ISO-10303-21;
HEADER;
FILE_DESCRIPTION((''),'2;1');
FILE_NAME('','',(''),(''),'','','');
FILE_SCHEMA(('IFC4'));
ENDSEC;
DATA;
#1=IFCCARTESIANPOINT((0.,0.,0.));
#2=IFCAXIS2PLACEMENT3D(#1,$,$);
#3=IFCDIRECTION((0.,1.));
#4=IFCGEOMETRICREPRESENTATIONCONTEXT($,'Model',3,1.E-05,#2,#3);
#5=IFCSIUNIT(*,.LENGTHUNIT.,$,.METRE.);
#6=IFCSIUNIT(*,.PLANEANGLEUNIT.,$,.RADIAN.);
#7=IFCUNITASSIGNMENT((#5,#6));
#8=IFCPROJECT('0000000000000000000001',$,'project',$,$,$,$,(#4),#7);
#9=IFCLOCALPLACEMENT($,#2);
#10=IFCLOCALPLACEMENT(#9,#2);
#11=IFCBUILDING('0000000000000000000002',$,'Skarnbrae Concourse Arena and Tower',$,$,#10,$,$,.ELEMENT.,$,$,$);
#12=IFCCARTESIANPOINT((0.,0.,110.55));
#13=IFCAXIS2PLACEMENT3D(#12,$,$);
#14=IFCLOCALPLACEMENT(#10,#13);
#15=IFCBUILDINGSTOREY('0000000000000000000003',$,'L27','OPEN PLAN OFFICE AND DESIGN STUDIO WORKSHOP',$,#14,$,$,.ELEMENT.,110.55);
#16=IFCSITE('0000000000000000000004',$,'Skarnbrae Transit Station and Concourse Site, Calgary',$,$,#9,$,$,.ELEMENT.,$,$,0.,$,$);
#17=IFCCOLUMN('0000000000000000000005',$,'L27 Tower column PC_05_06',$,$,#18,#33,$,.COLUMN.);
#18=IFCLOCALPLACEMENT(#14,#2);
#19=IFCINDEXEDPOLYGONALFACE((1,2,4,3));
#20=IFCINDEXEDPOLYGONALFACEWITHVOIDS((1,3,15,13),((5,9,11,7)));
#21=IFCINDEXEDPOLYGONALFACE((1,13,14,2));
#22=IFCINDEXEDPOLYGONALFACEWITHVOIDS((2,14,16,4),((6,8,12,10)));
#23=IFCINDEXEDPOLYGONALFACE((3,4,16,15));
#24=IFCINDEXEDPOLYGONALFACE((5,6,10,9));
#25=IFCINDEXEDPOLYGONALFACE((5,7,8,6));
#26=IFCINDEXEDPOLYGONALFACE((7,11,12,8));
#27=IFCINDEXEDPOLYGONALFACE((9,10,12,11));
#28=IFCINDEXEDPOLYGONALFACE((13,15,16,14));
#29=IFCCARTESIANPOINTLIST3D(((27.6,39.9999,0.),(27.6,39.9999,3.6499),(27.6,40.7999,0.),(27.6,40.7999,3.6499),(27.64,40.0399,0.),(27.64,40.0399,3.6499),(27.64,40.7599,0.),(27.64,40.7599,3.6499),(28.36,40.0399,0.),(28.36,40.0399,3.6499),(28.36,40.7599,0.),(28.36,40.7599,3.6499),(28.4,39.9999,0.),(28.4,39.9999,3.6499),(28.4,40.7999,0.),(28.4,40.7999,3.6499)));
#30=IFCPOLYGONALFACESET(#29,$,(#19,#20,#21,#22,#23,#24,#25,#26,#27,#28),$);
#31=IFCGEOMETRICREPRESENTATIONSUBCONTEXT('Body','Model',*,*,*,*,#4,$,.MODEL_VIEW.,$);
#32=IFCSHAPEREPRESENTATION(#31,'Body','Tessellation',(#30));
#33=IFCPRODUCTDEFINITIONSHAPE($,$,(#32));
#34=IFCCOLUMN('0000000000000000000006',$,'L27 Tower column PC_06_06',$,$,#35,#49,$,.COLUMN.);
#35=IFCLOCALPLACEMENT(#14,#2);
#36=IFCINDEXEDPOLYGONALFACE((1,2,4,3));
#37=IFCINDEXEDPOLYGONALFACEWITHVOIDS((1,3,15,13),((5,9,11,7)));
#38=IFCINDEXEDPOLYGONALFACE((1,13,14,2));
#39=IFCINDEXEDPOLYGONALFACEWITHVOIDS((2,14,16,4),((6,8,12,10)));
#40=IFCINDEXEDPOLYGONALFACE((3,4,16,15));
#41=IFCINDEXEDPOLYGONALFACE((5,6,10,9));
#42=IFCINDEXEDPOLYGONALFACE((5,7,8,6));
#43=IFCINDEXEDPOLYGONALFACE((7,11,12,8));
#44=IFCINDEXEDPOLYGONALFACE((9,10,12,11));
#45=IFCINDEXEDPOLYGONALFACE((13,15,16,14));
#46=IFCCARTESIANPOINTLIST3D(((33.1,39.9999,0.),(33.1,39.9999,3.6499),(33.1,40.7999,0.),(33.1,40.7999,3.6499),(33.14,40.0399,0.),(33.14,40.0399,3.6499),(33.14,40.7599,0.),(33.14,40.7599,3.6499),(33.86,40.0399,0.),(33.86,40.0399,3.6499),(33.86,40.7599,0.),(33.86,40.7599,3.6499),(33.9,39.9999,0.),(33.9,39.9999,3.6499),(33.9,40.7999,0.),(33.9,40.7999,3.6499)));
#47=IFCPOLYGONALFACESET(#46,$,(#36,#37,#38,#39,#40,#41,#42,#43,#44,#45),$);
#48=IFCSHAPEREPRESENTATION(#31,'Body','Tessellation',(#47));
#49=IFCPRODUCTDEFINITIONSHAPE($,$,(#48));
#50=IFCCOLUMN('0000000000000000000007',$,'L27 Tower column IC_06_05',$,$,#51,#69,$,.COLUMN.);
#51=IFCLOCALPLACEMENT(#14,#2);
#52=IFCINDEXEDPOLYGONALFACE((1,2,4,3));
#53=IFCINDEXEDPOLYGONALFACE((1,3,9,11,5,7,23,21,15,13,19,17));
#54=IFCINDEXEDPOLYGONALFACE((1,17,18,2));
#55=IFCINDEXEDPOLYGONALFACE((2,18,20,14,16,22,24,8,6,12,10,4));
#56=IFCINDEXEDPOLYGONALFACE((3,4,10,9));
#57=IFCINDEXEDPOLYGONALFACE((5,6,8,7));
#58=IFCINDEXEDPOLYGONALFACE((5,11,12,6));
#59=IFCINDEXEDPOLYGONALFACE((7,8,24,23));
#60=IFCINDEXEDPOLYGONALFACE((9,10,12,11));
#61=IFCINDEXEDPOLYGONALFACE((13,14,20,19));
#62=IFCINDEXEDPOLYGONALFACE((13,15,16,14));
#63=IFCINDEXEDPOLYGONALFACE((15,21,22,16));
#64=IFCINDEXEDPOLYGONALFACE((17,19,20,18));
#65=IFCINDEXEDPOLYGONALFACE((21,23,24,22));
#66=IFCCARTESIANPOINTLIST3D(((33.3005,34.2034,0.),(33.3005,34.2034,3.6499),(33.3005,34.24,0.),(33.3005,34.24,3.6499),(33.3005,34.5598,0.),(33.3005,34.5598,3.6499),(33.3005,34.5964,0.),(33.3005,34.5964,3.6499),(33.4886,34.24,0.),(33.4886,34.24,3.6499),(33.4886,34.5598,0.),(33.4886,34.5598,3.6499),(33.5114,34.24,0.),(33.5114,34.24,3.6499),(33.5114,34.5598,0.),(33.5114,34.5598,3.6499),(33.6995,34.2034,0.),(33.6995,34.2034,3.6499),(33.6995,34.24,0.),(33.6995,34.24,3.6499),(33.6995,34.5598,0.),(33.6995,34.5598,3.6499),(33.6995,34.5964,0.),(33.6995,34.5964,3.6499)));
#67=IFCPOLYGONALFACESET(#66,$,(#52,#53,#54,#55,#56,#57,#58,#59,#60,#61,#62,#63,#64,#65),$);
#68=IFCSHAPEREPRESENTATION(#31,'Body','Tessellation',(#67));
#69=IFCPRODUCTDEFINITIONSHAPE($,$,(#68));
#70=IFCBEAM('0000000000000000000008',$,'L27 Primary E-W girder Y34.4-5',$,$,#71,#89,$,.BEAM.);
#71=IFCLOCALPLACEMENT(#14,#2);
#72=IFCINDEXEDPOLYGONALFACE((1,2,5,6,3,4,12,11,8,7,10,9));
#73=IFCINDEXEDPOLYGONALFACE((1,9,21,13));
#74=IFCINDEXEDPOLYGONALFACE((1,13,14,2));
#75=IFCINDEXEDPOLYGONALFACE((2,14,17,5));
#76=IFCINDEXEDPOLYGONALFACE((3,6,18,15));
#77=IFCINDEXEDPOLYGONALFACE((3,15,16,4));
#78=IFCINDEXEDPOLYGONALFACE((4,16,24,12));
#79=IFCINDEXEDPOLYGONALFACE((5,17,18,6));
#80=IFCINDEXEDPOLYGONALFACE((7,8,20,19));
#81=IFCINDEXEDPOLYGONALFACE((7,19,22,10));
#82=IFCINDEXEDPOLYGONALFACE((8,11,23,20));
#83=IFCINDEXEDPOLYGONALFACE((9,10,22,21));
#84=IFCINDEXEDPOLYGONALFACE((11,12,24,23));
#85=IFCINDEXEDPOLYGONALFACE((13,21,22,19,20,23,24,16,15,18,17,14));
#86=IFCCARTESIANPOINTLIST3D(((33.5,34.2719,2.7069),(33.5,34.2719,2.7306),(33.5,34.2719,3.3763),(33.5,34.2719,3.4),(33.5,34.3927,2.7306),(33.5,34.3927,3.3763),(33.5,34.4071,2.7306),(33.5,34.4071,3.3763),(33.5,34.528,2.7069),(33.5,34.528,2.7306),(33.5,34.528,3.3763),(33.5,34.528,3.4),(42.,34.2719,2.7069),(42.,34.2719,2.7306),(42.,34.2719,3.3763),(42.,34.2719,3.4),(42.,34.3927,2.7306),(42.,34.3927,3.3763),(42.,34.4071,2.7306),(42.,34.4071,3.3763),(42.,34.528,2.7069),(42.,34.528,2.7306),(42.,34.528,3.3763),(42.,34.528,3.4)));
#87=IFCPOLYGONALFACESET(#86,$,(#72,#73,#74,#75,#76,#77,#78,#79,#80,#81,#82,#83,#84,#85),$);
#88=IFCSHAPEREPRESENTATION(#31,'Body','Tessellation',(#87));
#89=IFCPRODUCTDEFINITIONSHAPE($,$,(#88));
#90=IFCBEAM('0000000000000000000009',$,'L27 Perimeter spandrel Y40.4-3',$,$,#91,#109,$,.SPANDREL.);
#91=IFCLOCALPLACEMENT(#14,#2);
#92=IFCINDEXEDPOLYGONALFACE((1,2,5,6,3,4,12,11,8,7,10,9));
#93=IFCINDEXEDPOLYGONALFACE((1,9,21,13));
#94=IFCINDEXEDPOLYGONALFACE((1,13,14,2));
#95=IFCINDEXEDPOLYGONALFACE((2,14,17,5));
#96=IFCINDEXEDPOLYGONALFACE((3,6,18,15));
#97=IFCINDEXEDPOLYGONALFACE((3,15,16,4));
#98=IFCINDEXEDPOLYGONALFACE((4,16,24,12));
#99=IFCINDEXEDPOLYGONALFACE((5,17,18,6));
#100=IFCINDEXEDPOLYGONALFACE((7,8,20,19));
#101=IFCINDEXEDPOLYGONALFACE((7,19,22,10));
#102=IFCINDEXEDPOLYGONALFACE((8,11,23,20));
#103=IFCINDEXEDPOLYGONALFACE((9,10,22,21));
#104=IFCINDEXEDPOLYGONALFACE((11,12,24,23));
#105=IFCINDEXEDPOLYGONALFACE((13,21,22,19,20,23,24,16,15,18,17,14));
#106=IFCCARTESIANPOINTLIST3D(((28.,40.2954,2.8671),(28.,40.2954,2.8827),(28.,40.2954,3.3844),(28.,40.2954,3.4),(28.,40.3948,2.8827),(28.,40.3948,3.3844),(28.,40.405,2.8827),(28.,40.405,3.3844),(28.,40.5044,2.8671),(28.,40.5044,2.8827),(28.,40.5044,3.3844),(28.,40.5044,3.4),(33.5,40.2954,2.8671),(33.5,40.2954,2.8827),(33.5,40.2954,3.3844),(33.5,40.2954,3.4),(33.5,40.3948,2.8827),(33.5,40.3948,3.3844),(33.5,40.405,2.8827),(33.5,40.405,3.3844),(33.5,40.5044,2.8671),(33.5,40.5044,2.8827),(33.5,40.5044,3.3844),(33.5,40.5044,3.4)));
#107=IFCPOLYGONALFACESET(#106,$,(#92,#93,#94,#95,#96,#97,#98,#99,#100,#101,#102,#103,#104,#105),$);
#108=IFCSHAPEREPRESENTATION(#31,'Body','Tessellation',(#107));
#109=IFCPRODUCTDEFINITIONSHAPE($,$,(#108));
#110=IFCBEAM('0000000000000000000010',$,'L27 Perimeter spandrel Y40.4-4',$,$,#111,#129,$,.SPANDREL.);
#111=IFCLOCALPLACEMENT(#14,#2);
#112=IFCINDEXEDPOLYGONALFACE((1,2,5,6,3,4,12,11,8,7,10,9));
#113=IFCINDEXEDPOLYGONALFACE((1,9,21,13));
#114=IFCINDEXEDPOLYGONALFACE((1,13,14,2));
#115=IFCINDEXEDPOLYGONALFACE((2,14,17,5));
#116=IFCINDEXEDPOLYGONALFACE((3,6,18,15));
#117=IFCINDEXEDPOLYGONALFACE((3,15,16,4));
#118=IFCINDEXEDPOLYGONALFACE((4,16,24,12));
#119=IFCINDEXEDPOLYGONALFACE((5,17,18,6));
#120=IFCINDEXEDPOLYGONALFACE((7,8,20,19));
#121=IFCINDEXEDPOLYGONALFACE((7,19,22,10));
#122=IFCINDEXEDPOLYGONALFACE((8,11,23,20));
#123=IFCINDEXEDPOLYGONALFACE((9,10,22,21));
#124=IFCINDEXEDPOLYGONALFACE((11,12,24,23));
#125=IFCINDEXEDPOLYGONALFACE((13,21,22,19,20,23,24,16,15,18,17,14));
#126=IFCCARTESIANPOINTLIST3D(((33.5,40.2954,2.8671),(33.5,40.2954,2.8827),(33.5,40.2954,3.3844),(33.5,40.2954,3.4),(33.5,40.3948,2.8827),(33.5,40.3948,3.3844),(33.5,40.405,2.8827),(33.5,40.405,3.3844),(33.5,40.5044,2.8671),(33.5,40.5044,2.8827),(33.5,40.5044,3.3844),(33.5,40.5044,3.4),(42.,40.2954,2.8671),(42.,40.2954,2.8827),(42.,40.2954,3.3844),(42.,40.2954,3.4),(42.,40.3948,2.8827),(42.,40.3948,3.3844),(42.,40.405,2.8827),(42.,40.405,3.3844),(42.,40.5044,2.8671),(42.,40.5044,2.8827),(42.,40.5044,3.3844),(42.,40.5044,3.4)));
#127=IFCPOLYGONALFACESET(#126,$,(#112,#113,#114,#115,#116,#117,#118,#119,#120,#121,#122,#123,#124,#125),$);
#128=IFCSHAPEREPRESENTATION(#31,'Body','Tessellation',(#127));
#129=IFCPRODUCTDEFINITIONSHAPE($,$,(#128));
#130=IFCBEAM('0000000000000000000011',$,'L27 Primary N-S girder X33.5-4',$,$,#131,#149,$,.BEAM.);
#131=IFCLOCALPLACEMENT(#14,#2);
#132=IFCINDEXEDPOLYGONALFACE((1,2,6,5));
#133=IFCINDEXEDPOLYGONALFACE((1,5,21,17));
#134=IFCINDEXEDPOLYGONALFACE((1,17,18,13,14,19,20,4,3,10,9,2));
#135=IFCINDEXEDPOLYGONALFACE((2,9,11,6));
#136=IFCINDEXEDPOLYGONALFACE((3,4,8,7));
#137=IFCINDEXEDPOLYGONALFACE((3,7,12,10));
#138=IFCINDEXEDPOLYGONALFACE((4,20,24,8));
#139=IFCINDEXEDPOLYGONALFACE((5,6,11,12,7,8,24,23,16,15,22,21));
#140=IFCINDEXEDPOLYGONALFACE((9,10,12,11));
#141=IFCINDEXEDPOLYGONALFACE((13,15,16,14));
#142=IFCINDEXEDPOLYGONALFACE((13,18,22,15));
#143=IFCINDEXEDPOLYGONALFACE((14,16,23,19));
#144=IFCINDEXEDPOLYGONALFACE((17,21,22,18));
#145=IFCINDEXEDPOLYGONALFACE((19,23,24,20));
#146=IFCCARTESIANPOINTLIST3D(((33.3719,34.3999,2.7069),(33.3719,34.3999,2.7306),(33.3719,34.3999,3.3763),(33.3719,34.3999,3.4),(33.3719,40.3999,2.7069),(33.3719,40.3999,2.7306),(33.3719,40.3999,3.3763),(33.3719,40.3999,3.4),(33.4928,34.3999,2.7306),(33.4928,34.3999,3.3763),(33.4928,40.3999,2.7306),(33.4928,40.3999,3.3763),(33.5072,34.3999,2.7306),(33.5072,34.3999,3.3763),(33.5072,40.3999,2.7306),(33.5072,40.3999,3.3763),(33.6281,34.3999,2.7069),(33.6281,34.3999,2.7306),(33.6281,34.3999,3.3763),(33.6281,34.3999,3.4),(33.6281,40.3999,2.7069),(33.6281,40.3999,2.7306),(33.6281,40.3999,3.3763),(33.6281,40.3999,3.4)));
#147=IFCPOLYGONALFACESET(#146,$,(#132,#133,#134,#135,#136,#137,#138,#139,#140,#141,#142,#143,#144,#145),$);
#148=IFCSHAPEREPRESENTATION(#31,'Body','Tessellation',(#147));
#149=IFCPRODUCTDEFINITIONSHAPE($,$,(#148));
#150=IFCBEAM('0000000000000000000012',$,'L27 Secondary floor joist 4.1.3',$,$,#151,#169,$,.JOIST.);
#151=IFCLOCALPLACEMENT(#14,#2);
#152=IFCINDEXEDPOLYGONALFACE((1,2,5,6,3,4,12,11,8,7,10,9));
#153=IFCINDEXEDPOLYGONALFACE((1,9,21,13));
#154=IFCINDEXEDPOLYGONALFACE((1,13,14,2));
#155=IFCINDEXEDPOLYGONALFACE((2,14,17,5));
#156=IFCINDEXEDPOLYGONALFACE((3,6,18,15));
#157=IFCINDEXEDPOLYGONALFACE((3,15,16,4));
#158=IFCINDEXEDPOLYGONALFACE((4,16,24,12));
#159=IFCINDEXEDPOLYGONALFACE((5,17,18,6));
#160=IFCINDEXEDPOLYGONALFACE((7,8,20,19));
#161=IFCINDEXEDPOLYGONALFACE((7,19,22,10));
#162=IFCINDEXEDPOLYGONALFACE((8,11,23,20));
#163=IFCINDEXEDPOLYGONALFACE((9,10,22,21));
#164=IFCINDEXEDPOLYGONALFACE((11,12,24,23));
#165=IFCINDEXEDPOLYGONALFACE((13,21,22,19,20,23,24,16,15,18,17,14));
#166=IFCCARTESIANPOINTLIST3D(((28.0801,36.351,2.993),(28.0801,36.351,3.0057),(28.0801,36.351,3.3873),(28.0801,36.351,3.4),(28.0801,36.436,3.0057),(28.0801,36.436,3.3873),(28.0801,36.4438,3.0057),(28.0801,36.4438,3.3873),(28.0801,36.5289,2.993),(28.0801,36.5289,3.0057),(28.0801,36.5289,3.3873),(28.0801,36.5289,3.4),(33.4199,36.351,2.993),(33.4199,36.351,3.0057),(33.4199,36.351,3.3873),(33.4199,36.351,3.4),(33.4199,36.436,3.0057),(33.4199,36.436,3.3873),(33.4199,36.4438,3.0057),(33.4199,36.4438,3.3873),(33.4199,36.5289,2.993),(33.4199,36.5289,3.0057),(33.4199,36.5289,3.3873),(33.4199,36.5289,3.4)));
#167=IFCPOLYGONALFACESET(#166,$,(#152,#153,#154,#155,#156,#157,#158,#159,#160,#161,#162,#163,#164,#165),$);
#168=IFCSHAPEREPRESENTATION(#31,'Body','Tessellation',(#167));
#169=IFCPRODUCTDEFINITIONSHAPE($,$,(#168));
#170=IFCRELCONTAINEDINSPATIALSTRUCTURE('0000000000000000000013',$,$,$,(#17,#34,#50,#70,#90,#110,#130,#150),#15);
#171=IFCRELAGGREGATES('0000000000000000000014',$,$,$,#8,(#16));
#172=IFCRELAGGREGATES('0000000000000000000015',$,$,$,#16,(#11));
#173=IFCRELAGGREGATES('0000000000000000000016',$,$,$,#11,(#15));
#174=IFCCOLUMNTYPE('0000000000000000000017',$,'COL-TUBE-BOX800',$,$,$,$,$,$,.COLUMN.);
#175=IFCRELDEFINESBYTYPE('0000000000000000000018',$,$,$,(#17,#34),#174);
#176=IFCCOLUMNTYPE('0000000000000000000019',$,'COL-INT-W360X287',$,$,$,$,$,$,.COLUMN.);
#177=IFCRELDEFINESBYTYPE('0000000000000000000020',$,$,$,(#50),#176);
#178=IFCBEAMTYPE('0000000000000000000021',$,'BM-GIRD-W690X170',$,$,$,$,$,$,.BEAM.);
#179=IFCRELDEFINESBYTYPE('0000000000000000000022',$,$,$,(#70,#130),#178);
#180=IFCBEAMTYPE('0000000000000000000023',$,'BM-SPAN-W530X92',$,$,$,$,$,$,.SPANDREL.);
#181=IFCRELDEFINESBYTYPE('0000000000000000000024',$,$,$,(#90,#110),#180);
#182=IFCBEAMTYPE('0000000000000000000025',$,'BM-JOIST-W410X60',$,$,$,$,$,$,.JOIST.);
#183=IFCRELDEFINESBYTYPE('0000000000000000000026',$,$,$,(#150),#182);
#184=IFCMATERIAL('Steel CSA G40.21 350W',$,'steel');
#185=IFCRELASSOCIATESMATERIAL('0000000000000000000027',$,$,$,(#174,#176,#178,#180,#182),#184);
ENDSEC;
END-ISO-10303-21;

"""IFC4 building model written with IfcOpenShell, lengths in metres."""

from ifc_helpers import new_model, si_unit, direction, frame, origin, origin_2d, place, context, subcontext, project, spatial, hollow_rectangle, i_section, extrude, source, transform, mapped, material, material_profile, profile_set, type_object, element, save


model = new_model("IFC4")

# Units and contexts
model_context = context("Model", 3, precision=1e-05, world=origin(), true_north=direction((0.0, 1.0)))
body_context = subcontext(model_context, "Body", "Model", "MODEL_VIEW")
ifc_project = project(units=[si_unit("LENGTHUNIT", "METRE"), si_unit("PLANEANGLEUNIT", "RADIAN")], contexts=[model_context])

# Site, building, storey
site_placement = place(None, origin())
site = spatial("IfcSite", under=ifc_project, at=site_placement, Name="Skarnbrae Transit Station and Concourse Site, Calgary", CompositionType="ELEMENT", RefElevation=0.0)
building_placement = place(site_placement, origin())
building = spatial("IfcBuilding", under=site, at=building_placement, Name="Skarnbrae Concourse Arena and Tower", CompositionType="ELEMENT")
storey_placement = place(building_placement, frame((0.0, 0.0, 110.55)))
storey = spatial("IfcBuildingStorey", under=building, at=storey_placement, Name="L27", Description="OPEN PLAN OFFICE AND DESIGN STUDIO WORKSHOP", CompositionType="ELEMENT", Elevation=110.55)

# Columns
ifc_material_1 = material(Name="Steel CSA G40.21 350W", Category="steel")
ifc_material_profile_1 = material_profile(ifc_material_1, hollow_rectangle(XDim=0.8, YDim=0.8, WallThickness=0.04, at=origin_2d()), Name="BOX800X800X40")
ifc_profile_set_1 = profile_set([ifc_material_profile_1], Name="Steel CSA G40.21 350W")
column_type_1 = type_object("IfcColumnType", Name="COL-TUBE-BOX800", PredefinedType="COLUMN", material=ifc_profile_set_1)
shared_shape_1 = source(origin(), body_context, "Body", "SweptSolid", [
    extrude(hollow_rectangle(XDim=0.8, YDim=0.8, WallThickness=0.04, at=origin_2d()), origin(), (0.0, 0.0, 1.0), 3.6499),
])
for number, where, z_axis, x_axis, name in (
    (1, (28.0, 40.3999, 0.0), (0.0, 0.0, 1.0), (1.0, 0.0, 0.0), "L27 Tower column PC_05_06"),
    (2, (33.5, 40.3999, 0.0), (0.0, 0.0, 1.0), (1.0, 0.0, 0.0), "L27 Tower column PC_06_06"),
):
    element("IfcColumn", number, at=place(storey_placement, frame(where, z_axis=z_axis, x_axis=x_axis)), inside=storey, type_object=column_type_1, Name=name, PredefinedType="COLUMN", context=body_context, shape_type="MappedRepresentation", body=[
        mapped(shared_shape_1, transform((0.0, 0.0, 0.0))),
    ])
ifc_material_profile_2 = material_profile(ifc_material_1, i_section(OverallWidth=0.3989, OverallDepth=0.3931, WebThickness=0.0227, FlangeThickness=0.0366, at=origin_2d()), Name="W360X287")
ifc_profile_set_2 = profile_set([ifc_material_profile_2], Name="Steel CSA G40.21 350W")
column_type_2 = type_object("IfcColumnType", Name="COL-INT-W360X287", PredefinedType="COLUMN", material=ifc_profile_set_2)
shared_shape_2 = source(origin(), body_context, "Body", "SweptSolid", [
    extrude(i_section(OverallWidth=0.3989, OverallDepth=0.3931, WebThickness=0.0227, FlangeThickness=0.0366, at=origin_2d()), origin(), (0.0, 0.0, 1.0), 3.6499),
])
column_placement = place(storey_placement, frame((33.5, 34.3999, 0.0), z_axis=(0.0, 0.0, 1.0), x_axis=(1.0, 0.0, 0.0)))
element("IfcColumn", 3, at=column_placement, inside=storey, type_object=column_type_2, Name="L27 Tower column IC_06_05", PredefinedType="COLUMN", context=body_context, shape_type="MappedRepresentation", body=[
    mapped(shared_shape_2, transform((0.0, 0.0, 0.0))),
])

# Beams
ifc_material_profile_3 = material_profile(ifc_material_1, i_section(OverallWidth=0.2561, OverallDepth=0.6931, WebThickness=0.0144, FlangeThickness=0.0237, at=origin_2d()), Name="W690X170")
ifc_profile_set_3 = profile_set([ifc_material_profile_3], Name="Steel CSA G40.21 350W")
beam_type_1 = type_object("IfcBeamType", Name="BM-GIRD-W690X170", PredefinedType="BEAM", material=ifc_profile_set_3)
shared_shape_3 = source(origin(), body_context, "Body", "SweptSolid", [
    extrude(i_section(OverallWidth=0.2561, OverallDepth=0.6931, WebThickness=0.0144, FlangeThickness=0.0237, at=origin_2d()), origin(), (0.0, 0.0, 1.0), 8.5),
])
beam_1_placement = place(storey_placement, frame((33.5, 34.3999, 3.0535), z_axis=(1.0, 0.0, 0.0), x_axis=(0.0, 1.0, 0.0)))
element("IfcBeam", 4, at=beam_1_placement, inside=storey, type_object=beam_type_1, Name="L27 Primary E-W girder Y34.4-5", PredefinedType="BEAM", context=body_context, shape_type="MappedRepresentation", body=[
    mapped(shared_shape_3, transform((0.0, 0.0, 0.0))),
])
ifc_material_profile_4 = material_profile(ifc_material_1, i_section(OverallWidth=0.209, OverallDepth=0.533, WebThickness=0.0103, FlangeThickness=0.0156, at=origin_2d()), Name="W530X92")
ifc_profile_set_4 = profile_set([ifc_material_profile_4], Name="Steel CSA G40.21 350W")
beam_type_2 = type_object("IfcBeamType", Name="BM-SPAN-W530X92", PredefinedType="SPANDREL", material=ifc_profile_set_4)
shared_shape_4 = source(origin(), body_context, "Body", "SweptSolid", [
    extrude(i_section(OverallWidth=0.209, OverallDepth=0.533, WebThickness=0.0103, FlangeThickness=0.0156, at=origin_2d()), origin(), (0.0, 0.0, 1.0), 5.5),
])
beam_2_placement = place(storey_placement, frame((28.0, 40.3999, 3.1335), z_axis=(1.0, 0.0, 0.0), x_axis=(0.0, 1.0, 0.0)))
element("IfcBeam", 5, at=beam_2_placement, inside=storey, type_object=beam_type_2, Name="L27 Perimeter spandrel Y40.4-3", PredefinedType="SPANDREL", context=body_context, shape_type="MappedRepresentation", body=[
    mapped(shared_shape_4, transform((0.0, 0.0, 0.0))),
])
shared_shape_5 = source(origin(), body_context, "Body", "SweptSolid", [
    extrude(i_section(OverallWidth=0.209, OverallDepth=0.533, WebThickness=0.0103, FlangeThickness=0.0156, at=origin_2d()), origin(), (0.0, 0.0, 1.0), 8.5),
])
beam_3_placement = place(storey_placement, frame((33.5, 40.3999, 3.1335), z_axis=(1.0, 0.0, 0.0), x_axis=(0.0, 1.0, 0.0)))
element("IfcBeam", 6, at=beam_3_placement, inside=storey, type_object=beam_type_2, Name="L27 Perimeter spandrel Y40.4-4", PredefinedType="SPANDREL", context=body_context, shape_type="MappedRepresentation", body=[
    mapped(shared_shape_5, transform((0.0, 0.0, 0.0))),
])
shared_shape_6 = source(origin(), body_context, "Body", "SweptSolid", [
    extrude(i_section(OverallWidth=0.2561, OverallDepth=0.6931, WebThickness=0.0144, FlangeThickness=0.0237, at=origin_2d()), origin(), (0.0, 0.0, 1.0), 6.0),
])
beam_4_placement = place(storey_placement, frame((33.5, 34.3999, 3.0535), z_axis=(0.0, 1.0, 0.0), x_axis=(-1.0, 0.0, 0.0)))
element("IfcBeam", 7, at=beam_4_placement, inside=storey, type_object=beam_type_1, Name="L27 Primary N-S girder X33.5-4", PredefinedType="BEAM", context=body_context, shape_type="MappedRepresentation", body=[
    mapped(shared_shape_6, transform((0.0, 0.0, 0.0))),
])
ifc_material_profile_5 = material_profile(ifc_material_1, i_section(OverallWidth=0.178, OverallDepth=0.407, WebThickness=0.0078, FlangeThickness=0.0127, at=origin_2d()), Name="W410X60")
ifc_profile_set_5 = profile_set([ifc_material_profile_5], Name="Steel CSA G40.21 350W")
beam_type_3 = type_object("IfcBeamType", Name="BM-JOIST-W410X60", PredefinedType="JOIST", material=ifc_profile_set_5)
shared_shape_7 = source(origin(), body_context, "Body", "SweptSolid", [
    extrude(i_section(OverallWidth=0.178, OverallDepth=0.407, WebThickness=0.0078, FlangeThickness=0.0127, at=origin_2d()), origin(), (0.0, 0.0, 1.0), 5.3398),
])
for number, where, z_axis, x_axis, name in (
    (8, (28.0801, 36.4399, 3.1965), (1.0, 0.0, 0.0), (0.0, 1.0, 0.0), "L27 Secondary floor joist 4.1.3"),
):
    element("IfcBeam", number, at=place(storey_placement, frame(where, z_axis=z_axis, x_axis=x_axis)), inside=storey, type_object=beam_type_3, Name=name, PredefinedType="JOIST", context=body_context, shape_type="MappedRepresentation", body=[
        mapped(shared_shape_7, transform((0.0, 0.0, 0.0))),
    ])

save(model, "model.ifc")
